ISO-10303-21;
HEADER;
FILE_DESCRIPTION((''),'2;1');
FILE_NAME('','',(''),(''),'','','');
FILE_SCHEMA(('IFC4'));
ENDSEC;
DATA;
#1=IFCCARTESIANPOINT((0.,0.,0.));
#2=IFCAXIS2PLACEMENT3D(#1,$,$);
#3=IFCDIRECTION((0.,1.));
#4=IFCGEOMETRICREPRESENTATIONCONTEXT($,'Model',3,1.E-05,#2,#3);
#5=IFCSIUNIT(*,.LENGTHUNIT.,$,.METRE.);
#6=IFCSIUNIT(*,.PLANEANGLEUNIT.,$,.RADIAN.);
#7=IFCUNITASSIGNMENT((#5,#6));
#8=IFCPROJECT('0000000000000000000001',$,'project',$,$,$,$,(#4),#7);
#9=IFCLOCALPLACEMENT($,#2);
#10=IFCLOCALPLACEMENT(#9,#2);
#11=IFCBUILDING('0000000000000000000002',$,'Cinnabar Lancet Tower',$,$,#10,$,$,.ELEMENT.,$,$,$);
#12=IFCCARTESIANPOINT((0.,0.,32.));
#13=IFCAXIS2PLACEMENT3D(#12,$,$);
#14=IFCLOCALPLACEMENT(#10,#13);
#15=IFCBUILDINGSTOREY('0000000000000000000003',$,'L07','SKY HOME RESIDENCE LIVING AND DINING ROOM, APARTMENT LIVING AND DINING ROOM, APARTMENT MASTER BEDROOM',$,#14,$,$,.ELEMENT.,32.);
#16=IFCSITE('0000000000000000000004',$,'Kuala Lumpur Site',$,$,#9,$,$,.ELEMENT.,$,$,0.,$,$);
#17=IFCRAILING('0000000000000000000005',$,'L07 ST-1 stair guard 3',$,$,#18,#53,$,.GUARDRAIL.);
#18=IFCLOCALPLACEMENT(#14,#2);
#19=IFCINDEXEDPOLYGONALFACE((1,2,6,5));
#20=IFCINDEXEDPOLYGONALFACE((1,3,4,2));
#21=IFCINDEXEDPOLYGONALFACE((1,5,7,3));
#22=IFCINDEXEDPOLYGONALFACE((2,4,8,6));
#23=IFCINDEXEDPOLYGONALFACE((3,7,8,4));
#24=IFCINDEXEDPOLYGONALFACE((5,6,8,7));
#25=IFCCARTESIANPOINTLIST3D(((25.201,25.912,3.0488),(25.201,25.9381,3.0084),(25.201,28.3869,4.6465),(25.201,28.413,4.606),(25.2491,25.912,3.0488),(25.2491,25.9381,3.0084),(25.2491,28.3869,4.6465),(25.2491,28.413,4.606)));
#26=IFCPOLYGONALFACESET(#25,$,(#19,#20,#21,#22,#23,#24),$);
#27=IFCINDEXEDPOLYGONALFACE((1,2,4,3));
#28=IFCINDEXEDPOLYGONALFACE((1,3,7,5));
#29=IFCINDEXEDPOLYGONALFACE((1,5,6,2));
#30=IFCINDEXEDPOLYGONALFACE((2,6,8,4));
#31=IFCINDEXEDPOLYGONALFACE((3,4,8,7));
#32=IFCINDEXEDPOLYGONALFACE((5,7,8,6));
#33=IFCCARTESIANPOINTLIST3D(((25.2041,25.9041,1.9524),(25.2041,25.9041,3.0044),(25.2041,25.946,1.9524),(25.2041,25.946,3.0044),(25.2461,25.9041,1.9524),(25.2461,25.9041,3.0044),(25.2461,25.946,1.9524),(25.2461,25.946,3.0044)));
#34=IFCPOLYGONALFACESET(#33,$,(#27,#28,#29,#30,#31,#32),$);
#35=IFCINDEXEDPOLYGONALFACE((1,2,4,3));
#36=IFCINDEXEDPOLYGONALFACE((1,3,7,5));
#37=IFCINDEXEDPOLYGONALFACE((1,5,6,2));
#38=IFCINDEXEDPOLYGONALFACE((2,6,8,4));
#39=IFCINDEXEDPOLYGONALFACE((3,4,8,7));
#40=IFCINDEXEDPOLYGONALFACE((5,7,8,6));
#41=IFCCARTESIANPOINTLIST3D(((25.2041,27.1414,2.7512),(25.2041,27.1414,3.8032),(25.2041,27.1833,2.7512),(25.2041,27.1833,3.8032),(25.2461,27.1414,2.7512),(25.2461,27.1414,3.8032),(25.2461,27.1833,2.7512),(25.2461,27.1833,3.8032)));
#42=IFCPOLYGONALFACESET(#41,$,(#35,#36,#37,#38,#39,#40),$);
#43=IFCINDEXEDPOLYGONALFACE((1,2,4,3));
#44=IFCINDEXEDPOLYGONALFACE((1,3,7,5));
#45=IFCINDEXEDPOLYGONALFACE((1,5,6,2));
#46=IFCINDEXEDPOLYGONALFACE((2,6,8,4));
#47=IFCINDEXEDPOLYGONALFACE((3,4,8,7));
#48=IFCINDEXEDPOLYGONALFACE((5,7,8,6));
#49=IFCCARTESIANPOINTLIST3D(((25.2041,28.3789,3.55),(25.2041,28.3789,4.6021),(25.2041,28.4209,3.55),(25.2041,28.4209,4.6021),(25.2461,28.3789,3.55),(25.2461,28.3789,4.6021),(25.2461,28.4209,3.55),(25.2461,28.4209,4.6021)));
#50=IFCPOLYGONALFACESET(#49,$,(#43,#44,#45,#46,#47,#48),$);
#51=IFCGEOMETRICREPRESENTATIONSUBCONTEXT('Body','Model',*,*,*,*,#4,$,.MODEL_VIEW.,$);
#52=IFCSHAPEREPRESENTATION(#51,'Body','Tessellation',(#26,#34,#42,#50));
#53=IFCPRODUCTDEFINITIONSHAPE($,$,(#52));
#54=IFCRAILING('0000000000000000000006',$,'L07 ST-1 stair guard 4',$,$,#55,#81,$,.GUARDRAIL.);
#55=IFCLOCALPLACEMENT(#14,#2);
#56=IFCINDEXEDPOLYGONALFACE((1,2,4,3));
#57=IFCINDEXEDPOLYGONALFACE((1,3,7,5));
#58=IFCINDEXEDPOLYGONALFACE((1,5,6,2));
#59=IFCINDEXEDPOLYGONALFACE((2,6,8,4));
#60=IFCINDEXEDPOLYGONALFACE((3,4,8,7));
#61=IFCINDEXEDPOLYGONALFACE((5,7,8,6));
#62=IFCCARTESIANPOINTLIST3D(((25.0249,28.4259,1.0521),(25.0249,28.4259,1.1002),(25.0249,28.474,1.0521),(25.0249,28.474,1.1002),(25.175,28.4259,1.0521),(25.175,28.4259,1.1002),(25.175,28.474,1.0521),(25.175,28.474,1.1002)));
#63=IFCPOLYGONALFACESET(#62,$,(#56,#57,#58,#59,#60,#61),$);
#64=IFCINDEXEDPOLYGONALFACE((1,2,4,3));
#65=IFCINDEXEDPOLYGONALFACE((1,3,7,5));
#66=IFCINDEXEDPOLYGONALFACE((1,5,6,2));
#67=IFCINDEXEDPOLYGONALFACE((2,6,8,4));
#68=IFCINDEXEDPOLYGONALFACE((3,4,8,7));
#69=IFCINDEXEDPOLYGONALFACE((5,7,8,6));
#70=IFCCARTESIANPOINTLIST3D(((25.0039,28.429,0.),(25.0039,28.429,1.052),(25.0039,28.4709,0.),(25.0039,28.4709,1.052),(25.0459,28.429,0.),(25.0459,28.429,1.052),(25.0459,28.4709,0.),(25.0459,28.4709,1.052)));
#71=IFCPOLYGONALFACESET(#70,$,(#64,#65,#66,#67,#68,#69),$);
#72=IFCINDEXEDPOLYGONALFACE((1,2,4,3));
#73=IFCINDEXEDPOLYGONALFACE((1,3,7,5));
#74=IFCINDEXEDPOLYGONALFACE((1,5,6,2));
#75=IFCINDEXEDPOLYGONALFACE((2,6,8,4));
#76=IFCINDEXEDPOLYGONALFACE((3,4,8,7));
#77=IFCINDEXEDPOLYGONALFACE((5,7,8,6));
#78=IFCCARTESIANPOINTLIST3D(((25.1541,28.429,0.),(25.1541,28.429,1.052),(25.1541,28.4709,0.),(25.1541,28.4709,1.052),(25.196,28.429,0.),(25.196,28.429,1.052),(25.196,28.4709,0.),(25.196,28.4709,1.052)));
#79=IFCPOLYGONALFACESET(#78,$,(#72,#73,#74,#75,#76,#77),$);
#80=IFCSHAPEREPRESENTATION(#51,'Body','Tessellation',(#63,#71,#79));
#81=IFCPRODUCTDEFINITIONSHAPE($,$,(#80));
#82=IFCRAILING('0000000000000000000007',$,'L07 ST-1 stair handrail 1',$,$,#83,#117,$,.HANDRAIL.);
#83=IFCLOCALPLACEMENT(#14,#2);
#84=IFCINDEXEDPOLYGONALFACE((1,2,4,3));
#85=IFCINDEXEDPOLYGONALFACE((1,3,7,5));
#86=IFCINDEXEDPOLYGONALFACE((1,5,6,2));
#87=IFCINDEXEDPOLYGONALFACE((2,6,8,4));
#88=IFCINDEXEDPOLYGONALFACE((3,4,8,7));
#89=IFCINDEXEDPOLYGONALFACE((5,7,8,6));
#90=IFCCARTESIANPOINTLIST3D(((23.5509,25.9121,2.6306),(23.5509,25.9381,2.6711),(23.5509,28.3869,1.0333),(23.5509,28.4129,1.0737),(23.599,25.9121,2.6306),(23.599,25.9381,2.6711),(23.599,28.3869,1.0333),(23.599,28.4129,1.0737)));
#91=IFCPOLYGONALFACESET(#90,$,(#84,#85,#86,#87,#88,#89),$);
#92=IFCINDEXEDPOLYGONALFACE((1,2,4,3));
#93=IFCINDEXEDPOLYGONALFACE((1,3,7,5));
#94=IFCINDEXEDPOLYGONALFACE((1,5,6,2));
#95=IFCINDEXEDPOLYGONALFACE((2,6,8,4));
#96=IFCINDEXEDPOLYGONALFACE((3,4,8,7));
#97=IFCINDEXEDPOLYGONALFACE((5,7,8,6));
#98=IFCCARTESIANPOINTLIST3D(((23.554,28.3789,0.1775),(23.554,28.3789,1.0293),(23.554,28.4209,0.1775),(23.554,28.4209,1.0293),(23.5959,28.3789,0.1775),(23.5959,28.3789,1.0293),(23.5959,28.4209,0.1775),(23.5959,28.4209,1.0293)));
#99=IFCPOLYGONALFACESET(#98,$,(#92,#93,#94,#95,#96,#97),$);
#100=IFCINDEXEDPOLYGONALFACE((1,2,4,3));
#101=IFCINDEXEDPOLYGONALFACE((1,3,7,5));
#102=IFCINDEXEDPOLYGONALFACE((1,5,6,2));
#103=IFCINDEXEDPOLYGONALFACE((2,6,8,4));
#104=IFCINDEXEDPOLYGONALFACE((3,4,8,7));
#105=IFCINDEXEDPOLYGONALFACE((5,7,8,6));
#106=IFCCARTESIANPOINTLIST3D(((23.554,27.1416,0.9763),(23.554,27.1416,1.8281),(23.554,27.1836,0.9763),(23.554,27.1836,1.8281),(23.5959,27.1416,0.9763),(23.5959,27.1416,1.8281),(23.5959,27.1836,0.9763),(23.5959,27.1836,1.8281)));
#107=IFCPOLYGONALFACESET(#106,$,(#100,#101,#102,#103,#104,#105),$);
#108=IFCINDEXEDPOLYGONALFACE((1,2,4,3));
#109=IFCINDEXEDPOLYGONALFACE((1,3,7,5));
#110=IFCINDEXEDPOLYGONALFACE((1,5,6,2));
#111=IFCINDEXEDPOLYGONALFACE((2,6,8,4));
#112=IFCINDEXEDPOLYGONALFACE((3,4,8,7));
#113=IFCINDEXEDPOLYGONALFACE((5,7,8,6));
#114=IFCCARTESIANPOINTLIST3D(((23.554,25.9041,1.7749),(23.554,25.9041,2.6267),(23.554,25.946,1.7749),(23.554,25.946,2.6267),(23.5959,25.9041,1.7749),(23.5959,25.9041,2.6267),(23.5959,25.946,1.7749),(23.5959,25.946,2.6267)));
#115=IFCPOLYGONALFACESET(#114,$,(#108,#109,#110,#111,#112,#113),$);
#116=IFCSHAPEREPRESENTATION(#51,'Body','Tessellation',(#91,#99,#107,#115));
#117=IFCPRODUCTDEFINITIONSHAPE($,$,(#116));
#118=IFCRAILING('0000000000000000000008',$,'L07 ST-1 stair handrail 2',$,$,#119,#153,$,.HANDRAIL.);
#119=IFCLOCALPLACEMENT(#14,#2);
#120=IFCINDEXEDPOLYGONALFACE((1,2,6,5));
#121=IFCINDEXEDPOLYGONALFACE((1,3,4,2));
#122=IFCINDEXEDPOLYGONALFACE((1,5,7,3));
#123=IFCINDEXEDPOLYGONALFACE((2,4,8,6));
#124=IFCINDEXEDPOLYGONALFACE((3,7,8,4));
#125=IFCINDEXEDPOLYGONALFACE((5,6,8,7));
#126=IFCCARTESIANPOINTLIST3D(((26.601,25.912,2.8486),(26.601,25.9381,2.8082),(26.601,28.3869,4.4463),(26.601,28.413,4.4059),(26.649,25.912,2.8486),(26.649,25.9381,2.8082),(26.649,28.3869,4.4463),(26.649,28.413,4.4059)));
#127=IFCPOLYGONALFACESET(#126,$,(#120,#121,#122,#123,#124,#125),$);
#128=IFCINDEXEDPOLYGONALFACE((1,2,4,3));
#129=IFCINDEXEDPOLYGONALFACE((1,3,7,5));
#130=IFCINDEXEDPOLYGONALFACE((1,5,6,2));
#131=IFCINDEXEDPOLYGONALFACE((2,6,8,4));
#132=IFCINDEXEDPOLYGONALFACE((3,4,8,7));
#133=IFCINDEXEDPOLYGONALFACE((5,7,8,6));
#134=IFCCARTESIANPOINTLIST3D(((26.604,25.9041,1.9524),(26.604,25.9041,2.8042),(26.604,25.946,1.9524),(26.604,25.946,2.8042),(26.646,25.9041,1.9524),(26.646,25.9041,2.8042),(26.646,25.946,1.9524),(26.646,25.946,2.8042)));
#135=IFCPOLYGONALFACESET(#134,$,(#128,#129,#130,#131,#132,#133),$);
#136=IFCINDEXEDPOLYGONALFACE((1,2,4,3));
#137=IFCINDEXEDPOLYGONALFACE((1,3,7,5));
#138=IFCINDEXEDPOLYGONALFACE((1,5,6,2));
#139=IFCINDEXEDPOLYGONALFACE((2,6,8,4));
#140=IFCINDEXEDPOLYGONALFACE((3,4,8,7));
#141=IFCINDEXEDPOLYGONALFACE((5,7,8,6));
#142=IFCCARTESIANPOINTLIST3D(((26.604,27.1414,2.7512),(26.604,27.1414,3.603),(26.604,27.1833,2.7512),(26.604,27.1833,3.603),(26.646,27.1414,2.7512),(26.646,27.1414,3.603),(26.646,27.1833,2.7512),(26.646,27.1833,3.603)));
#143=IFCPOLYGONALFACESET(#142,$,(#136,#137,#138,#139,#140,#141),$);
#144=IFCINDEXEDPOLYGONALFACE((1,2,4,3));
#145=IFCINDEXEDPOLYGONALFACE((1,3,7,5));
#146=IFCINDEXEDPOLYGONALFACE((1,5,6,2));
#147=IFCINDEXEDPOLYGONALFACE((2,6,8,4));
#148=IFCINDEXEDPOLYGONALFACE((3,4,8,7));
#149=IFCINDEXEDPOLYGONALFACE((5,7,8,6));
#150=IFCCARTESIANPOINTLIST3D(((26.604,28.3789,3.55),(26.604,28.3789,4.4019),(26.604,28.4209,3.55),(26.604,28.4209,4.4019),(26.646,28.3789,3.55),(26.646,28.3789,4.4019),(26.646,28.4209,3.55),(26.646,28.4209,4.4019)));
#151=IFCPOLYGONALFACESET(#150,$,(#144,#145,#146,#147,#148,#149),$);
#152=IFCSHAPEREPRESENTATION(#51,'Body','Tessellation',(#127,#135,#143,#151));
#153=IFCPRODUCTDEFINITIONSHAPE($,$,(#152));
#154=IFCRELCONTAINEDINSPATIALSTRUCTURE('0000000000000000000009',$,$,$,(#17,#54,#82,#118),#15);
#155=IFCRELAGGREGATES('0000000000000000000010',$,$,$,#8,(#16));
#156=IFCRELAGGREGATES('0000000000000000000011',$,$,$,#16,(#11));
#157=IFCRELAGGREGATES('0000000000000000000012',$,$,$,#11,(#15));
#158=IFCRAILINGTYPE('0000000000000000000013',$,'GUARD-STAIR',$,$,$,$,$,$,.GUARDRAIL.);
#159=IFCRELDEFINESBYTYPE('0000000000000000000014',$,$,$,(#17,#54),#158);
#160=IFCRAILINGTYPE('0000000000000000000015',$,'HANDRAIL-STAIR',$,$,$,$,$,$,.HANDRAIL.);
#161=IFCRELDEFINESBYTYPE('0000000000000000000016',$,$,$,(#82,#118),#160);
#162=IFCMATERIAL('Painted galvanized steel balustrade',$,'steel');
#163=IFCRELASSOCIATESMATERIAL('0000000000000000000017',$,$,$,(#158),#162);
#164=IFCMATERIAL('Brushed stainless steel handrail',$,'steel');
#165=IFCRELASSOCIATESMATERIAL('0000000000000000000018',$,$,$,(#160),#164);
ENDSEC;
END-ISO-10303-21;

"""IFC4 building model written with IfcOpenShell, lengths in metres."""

from ifc_helpers import new_model, si_unit, direction, frame, origin, origin_2d, place, context, subcontext, project, spatial, rectangle, extrude, material, type_object, element, save


model = new_model("IFC4")

# Units and contexts
model_context = context("Model", 3, precision=1e-05, world=origin(), true_north=direction((0.0, 1.0)))
body_context = subcontext(model_context, "Body", "Model", "MODEL_VIEW")
ifc_project = project(units=[si_unit("LENGTHUNIT", "METRE"), si_unit("PLANEANGLEUNIT", "RADIAN")], contexts=[model_context])

# Site, building, storey
site_placement = place(None, origin())
site = spatial("IfcSite", under=ifc_project, at=site_placement, Name="Kuala Lumpur Site", CompositionType="ELEMENT", RefElevation=0.0)
building_placement = place(site_placement, origin())
building = spatial("IfcBuilding", under=site, at=building_placement, Name="Cinnabar Lancet Tower", CompositionType="ELEMENT")
storey_placement = place(building_placement, frame((0.0, 0.0, 32.0)))
storey = spatial("IfcBuildingStorey", under=building, at=storey_placement, Name="L07", Description="SKY HOME RESIDENCE LIVING AND DINING ROOM, APARTMENT LIVING AND DINING ROOM, APARTMENT MASTER BEDROOM", CompositionType="ELEMENT", Elevation=32.0)

# Railings
ifc_material_1 = material(Name="Painted galvanized steel balustrade", Category="steel")
railing_type_1 = type_object("IfcRailingType", Name="GUARD-STAIR", PredefinedType="GUARDRAIL", material=ifc_material_1)
railing_1_placement = place(storey_placement, frame((25.2251, 25.925, 1.9524)))
element("IfcRailing", 1, at=railing_1_placement, inside=storey, type_object=railing_type_1, Name="L07 ST-1 stair guard 3", PredefinedType="GUARDRAIL", context=body_context, shape_type="SweptSolid", body=[
    extrude(rectangle(XDim=0.0481, YDim=0.0481, at=origin_2d()), frame((0.0, 0.0, 1.0762), z_axis=(0.0, 0.840146, 0.542361), x_axis=(-1.0, 0.0, 0.0)), (0.0, 0.0, 1.0), 2.9458),
    extrude(rectangle(XDim=0.042, YDim=0.042, at=origin_2d()), origin(), (0.0, 0.0, 1.0), 1.052),
    extrude(rectangle(XDim=0.042, YDim=0.042, at=origin_2d()), frame((0.0, 1.2373, 0.7988)), (0.0, 0.0, 1.0), 1.052),
    extrude(rectangle(XDim=0.042, YDim=0.042, at=origin_2d()), frame((0.0, 2.4749, 1.5977)), (0.0, 0.0, 1.0), 1.052),
])
railing_2_placement = place(storey_placement, frame((25.0249, 28.45, 0.0)))
element("IfcRailing", 2, at=railing_2_placement, inside=storey, type_object=railing_type_1, Name="L07 ST-1 stair guard 4", PredefinedType="GUARDRAIL", context=body_context, shape_type="SweptSolid", body=[
    extrude(rectangle(XDim=0.0481, YDim=0.0481, at=origin_2d()), frame((0.0, 0.0, 1.0762), z_axis=(1.0, 0.0, 0.0), x_axis=(0.0, 1.0, 0.0)), (0.0, 0.0, 1.0), 0.1501),
    extrude(rectangle(XDim=0.042, YDim=0.042, at=origin_2d()), origin(), (0.0, 0.0, 1.0), 1.052),
    extrude(rectangle(XDim=0.042, YDim=0.042, at=origin_2d()), frame((0.1501, 0.0, 0.0)), (0.0, 0.0, 1.0), 1.052),
])
ifc_material_2 = material(Name="Brushed stainless steel handrail", Category="steel")
railing_type_2 = type_object("IfcRailingType", Name="HANDRAIL-STAIR", PredefinedType="HANDRAIL", material=ifc_material_2)
railing_3_placement = place(storey_placement, frame((23.575, 28.3999, 0.1775)))
element("IfcRailing", 3, at=railing_3_placement, inside=storey, type_object=railing_type_2, Name="L07 ST-1 stair handrail 1", PredefinedType="HANDRAIL", context=body_context, shape_type="SweptSolid", body=[
    extrude(rectangle(XDim=0.0481, YDim=0.0481, at=origin_2d()), frame((0.0, 0.0, 0.876), z_axis=(0.0, -0.840183, 0.542302), x_axis=(1.0, 0.0, 0.0)), (0.0, 0.0, 1.0), 2.9456),
    extrude(rectangle(XDim=0.042, YDim=0.042, at=origin_2d()), origin(), (0.0, 0.0, 1.0), 0.8518),
    extrude(rectangle(XDim=0.042, YDim=0.042, at=origin_2d()), frame((0.0, -1.2373, 0.7988)), (0.0, 0.0, 1.0), 0.8518),
    extrude(rectangle(XDim=0.042, YDim=0.042, at=origin_2d()), frame((0.0, -2.4749, 1.5974)), (0.0, 0.0, 1.0), 0.8518),
])
railing_4_placement = place(storey_placement, frame((26.625, 25.925, 1.9524)))
element("IfcRailing", 4, at=railing_4_placement, inside=storey, type_object=railing_type_2, Name="L07 ST-1 stair handrail 2", PredefinedType="HANDRAIL", context=body_context, shape_type="SweptSolid", body=[
    extrude(rectangle(XDim=0.0481, YDim=0.0481, at=origin_2d()), frame((0.0, 0.0, 0.876), z_axis=(0.0, 0.840146, 0.542361), x_axis=(-1.0, 0.0, 0.0)), (0.0, 0.0, 1.0), 2.9458),
    extrude(rectangle(XDim=0.042, YDim=0.042, at=origin_2d()), origin(), (0.0, 0.0, 1.0), 0.8518),
    extrude(rectangle(XDim=0.042, YDim=0.042, at=origin_2d()), frame((0.0, 1.2373, 0.7988)), (0.0, 0.0, 1.0), 0.8518),
    extrude(rectangle(XDim=0.042, YDim=0.042, at=origin_2d()), frame((0.0, 2.4749, 1.5977)), (0.0, 0.0, 1.0), 0.8518),
])

save(model, "model.ifc")
